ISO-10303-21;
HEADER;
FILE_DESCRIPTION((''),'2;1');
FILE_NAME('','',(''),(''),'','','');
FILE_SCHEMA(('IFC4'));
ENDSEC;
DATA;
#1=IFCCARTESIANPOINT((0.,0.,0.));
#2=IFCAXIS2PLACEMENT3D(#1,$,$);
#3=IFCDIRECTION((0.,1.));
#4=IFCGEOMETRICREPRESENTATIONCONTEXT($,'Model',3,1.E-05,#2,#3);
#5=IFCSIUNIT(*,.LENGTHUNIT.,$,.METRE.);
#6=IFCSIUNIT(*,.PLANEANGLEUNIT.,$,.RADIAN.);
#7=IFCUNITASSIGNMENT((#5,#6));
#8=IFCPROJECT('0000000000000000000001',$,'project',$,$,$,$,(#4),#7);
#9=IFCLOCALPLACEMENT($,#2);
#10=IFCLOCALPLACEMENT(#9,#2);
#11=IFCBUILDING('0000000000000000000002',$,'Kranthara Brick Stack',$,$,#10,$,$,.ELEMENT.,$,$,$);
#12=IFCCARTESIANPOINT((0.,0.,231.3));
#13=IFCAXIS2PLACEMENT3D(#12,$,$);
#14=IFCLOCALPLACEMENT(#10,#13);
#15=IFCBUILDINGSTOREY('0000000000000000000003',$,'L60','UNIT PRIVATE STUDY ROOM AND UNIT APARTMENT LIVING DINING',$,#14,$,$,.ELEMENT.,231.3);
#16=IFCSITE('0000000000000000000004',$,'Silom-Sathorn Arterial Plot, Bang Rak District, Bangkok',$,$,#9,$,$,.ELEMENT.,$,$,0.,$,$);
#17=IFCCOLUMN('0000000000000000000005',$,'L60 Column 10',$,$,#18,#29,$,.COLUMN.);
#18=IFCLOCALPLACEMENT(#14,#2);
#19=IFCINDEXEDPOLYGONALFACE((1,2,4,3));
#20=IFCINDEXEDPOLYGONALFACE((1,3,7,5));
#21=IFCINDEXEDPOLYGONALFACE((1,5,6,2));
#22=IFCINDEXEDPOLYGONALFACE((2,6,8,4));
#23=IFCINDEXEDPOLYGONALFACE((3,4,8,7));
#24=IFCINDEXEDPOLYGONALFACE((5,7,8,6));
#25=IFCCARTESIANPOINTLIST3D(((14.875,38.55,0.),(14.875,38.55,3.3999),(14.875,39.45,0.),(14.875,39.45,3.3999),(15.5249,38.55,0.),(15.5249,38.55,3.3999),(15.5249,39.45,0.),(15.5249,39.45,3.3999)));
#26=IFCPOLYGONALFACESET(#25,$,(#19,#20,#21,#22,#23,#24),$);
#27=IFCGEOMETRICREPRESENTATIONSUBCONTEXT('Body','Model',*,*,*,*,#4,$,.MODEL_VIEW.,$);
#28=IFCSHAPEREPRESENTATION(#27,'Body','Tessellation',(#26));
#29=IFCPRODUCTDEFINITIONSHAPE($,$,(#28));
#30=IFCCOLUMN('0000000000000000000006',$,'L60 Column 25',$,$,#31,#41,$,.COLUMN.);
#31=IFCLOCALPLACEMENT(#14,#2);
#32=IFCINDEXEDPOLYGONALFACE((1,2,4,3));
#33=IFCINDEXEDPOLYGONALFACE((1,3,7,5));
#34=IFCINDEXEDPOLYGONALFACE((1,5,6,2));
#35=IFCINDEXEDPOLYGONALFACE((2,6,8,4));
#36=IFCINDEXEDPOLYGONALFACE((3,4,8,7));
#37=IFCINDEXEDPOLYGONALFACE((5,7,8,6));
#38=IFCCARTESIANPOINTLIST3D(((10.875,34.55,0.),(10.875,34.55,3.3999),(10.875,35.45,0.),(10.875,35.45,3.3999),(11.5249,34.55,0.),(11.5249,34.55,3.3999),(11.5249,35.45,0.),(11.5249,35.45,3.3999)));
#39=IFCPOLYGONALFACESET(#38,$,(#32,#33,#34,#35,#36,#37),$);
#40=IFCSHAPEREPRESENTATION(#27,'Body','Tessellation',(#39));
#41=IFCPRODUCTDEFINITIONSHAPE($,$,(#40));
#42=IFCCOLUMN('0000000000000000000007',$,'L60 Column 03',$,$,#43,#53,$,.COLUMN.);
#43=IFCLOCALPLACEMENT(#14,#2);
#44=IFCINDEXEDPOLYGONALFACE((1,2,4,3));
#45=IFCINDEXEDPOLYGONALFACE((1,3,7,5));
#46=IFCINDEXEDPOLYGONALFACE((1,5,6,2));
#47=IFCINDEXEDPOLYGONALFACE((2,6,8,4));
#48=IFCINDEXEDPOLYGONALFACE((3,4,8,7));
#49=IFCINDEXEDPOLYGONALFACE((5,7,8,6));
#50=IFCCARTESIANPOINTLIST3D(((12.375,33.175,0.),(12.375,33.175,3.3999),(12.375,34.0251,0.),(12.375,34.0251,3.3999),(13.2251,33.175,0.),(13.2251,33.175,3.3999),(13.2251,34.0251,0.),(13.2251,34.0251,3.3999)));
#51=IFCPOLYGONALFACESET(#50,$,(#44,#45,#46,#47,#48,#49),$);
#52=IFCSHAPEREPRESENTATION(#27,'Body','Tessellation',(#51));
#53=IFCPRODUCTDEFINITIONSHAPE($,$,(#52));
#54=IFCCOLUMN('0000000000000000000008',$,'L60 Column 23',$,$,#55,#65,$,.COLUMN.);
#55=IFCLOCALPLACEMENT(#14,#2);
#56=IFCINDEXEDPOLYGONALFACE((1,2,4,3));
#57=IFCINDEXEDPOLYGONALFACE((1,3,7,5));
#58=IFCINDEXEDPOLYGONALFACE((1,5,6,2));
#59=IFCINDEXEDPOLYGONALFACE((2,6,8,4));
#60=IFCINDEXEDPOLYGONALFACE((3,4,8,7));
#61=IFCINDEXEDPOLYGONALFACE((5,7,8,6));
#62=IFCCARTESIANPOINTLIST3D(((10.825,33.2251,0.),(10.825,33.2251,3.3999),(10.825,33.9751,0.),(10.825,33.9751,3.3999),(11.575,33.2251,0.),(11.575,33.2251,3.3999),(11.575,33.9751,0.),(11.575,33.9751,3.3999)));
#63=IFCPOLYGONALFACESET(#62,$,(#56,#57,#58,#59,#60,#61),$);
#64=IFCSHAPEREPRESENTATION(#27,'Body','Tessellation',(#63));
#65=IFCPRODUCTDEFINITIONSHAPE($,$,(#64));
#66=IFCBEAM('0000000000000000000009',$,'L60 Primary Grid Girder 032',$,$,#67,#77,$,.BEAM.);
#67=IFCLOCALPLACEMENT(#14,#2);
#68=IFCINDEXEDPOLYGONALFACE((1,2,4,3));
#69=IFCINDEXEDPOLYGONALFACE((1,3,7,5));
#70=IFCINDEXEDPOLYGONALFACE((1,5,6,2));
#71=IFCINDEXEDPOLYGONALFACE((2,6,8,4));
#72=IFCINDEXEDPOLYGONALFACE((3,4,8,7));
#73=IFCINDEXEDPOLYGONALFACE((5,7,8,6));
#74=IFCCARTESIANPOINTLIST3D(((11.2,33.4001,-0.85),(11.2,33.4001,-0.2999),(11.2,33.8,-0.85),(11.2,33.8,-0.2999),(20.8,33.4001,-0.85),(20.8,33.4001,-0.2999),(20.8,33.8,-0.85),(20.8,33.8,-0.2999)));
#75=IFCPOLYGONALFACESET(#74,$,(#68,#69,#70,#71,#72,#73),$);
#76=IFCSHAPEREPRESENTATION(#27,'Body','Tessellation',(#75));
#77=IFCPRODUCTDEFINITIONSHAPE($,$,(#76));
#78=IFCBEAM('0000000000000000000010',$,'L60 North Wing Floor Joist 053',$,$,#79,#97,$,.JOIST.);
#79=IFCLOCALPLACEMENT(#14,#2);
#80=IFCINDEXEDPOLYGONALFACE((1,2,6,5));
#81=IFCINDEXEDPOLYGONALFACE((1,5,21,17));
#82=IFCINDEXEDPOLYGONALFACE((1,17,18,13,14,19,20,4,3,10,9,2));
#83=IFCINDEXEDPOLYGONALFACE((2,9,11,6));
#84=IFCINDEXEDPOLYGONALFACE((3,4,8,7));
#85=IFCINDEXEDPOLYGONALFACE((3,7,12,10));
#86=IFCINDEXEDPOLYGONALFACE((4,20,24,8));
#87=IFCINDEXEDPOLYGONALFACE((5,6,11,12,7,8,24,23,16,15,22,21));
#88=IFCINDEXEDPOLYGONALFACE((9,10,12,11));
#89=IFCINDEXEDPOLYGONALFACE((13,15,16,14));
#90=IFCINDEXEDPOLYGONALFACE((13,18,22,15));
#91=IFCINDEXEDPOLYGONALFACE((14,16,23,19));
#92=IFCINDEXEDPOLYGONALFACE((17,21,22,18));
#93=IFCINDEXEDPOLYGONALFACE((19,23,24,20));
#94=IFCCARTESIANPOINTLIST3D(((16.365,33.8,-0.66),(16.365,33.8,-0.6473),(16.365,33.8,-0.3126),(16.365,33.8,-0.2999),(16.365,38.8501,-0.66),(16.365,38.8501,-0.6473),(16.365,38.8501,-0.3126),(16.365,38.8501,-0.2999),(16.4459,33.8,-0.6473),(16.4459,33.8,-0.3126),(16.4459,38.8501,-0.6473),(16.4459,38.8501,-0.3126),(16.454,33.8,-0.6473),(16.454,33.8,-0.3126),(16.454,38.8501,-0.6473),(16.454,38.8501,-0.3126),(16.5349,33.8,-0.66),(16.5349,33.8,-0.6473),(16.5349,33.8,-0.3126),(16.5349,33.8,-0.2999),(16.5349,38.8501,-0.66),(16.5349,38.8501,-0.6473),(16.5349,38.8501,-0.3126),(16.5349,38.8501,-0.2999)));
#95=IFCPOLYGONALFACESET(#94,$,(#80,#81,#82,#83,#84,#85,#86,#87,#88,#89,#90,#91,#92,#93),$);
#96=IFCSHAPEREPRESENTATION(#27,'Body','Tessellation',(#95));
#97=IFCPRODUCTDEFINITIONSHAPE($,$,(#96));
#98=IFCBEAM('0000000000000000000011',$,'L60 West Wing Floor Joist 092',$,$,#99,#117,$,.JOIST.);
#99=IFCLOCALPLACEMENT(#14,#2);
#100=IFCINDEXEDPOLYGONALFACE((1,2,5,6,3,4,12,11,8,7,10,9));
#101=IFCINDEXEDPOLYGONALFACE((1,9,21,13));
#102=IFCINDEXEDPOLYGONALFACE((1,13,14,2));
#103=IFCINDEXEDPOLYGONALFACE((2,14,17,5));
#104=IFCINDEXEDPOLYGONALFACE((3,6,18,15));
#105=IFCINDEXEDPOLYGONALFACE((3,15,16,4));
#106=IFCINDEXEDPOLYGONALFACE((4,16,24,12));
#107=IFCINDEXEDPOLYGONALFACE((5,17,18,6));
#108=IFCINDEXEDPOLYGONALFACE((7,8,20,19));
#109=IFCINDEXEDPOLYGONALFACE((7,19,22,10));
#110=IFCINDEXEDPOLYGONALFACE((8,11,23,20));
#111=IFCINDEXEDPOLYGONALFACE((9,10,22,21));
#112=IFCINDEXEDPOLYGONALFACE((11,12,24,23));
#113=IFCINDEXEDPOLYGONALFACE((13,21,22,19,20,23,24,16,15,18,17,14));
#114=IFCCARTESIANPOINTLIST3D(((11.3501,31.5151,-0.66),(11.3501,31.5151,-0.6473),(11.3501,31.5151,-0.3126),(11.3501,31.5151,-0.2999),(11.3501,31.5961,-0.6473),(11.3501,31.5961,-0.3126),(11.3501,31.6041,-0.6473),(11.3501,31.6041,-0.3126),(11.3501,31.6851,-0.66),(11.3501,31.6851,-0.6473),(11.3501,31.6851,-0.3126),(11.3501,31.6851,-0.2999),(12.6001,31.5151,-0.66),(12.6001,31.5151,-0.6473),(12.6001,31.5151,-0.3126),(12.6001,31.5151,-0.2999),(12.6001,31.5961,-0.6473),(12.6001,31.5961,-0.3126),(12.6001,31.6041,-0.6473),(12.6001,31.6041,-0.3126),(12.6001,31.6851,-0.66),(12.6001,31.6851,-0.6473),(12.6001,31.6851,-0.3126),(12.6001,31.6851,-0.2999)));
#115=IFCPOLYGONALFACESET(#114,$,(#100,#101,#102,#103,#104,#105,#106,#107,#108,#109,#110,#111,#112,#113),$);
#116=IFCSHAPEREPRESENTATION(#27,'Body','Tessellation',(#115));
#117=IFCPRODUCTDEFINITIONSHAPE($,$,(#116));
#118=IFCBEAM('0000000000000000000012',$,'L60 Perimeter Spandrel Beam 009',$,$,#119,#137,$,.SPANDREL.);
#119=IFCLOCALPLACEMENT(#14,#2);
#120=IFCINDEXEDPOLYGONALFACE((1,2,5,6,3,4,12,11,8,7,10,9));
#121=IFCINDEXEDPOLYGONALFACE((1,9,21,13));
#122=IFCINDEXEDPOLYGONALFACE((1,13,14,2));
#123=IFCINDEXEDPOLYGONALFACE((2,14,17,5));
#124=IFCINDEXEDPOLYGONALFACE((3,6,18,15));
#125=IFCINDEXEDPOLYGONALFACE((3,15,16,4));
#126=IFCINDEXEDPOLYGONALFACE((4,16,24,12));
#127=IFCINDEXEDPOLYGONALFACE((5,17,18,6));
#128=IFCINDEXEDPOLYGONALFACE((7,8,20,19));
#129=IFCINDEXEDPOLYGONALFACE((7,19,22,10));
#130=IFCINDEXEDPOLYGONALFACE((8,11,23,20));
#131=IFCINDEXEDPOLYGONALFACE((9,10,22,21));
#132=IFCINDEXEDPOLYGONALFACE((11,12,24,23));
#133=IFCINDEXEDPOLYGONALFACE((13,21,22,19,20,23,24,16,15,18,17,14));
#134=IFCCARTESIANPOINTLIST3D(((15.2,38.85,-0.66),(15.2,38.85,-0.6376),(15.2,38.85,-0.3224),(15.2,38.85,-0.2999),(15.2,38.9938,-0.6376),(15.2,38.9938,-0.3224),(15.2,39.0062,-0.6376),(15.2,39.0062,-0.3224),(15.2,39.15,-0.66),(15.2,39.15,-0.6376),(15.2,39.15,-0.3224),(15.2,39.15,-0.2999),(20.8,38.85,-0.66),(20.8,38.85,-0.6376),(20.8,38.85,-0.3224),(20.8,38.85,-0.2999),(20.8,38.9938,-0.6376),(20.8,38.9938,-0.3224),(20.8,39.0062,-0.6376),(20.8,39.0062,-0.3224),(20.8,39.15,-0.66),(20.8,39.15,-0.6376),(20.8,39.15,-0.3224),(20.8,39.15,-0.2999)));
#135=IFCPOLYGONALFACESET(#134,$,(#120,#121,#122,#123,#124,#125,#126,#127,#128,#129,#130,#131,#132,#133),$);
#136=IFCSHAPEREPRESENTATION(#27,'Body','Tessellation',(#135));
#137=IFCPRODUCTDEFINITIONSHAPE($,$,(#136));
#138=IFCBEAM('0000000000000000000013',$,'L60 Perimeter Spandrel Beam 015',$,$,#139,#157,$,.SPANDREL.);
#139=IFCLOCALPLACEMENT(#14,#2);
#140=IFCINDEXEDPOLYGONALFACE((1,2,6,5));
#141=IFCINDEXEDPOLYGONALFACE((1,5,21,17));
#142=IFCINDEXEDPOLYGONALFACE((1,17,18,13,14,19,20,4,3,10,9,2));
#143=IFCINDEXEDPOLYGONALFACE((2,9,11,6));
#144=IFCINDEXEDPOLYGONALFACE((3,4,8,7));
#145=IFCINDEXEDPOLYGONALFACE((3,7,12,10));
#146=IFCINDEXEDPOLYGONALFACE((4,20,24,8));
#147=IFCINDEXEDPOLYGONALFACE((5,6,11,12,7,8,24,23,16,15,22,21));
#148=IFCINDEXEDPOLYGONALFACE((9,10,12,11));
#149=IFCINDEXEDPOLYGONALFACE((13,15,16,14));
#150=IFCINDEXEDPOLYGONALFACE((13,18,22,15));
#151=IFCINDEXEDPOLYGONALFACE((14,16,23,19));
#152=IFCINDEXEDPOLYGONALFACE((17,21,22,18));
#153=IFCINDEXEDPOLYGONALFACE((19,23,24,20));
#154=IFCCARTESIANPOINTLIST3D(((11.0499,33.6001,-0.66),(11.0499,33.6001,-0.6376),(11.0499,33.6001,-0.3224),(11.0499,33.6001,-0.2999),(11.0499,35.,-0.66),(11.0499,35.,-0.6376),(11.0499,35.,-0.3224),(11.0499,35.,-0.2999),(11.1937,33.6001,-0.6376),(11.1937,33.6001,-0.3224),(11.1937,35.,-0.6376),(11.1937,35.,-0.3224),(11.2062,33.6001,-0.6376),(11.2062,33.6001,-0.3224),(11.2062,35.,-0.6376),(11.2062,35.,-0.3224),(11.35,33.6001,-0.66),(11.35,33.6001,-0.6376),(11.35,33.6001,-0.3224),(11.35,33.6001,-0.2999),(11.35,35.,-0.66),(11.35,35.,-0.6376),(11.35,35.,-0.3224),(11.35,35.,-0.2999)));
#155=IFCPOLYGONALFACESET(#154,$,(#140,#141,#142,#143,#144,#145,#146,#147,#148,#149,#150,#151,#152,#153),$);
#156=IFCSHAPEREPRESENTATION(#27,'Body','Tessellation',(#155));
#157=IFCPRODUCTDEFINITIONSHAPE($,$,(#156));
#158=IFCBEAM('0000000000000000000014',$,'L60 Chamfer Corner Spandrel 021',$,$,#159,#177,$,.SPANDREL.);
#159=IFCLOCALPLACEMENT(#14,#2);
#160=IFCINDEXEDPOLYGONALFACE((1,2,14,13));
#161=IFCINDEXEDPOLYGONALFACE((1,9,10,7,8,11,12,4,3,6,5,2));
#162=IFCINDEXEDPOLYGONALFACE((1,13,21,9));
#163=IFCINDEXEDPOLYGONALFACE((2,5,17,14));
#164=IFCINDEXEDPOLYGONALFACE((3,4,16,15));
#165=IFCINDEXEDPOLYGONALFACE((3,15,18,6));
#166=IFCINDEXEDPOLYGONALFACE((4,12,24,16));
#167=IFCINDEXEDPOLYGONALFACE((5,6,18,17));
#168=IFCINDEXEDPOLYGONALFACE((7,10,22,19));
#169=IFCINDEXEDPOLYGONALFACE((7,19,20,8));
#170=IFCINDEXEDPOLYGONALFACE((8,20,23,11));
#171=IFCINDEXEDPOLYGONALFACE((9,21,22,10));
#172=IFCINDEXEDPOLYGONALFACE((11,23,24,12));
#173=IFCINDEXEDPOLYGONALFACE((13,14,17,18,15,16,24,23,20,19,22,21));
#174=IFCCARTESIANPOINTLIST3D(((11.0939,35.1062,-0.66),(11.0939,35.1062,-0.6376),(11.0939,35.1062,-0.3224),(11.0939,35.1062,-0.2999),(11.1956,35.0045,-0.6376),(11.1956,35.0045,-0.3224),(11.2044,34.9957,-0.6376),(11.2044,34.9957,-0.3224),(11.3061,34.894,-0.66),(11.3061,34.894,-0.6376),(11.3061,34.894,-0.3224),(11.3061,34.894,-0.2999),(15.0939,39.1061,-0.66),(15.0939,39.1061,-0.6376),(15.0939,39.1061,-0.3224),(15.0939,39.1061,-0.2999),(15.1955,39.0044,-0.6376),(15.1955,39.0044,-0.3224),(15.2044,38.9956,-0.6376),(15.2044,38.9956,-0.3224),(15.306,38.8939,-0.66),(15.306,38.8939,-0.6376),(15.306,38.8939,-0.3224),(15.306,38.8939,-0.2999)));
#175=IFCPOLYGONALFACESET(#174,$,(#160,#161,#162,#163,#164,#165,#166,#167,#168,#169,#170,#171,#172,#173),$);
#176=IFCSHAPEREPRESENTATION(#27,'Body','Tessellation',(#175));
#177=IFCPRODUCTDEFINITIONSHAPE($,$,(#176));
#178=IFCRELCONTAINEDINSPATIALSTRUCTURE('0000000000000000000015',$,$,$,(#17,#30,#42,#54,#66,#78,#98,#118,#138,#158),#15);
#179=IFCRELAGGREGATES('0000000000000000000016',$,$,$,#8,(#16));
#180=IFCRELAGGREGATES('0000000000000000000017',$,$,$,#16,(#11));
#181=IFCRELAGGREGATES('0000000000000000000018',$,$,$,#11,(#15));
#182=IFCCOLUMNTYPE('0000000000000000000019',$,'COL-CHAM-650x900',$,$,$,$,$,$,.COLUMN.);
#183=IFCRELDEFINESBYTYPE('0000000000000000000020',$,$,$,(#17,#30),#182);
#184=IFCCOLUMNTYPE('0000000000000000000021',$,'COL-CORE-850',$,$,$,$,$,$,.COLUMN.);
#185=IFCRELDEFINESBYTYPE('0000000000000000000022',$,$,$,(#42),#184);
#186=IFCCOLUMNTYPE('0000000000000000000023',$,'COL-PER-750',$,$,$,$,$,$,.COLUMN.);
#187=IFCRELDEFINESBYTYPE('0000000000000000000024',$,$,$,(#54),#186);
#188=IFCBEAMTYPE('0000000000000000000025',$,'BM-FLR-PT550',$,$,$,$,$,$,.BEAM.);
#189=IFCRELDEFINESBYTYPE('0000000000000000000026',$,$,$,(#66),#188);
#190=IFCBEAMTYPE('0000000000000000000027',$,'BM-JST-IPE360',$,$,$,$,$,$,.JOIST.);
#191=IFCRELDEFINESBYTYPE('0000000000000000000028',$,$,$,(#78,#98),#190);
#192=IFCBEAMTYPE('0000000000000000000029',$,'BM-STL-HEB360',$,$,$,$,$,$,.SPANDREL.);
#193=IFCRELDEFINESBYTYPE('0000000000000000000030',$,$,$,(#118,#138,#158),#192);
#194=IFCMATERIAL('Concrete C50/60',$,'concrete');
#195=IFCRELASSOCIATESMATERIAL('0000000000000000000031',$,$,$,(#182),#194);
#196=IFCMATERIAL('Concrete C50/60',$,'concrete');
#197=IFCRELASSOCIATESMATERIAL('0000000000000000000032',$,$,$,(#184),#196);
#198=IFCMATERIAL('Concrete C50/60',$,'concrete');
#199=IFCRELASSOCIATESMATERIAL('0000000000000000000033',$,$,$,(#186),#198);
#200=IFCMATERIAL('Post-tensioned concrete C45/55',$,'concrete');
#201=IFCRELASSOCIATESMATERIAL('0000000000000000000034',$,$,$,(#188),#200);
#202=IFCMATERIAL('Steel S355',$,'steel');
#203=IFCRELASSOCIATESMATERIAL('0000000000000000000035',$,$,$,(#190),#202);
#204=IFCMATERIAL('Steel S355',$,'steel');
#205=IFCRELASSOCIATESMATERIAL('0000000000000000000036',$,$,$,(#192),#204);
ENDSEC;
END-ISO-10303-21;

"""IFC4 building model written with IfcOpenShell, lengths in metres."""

from ifc_helpers import new_model, si_unit, direction, frame, origin, origin_2d, place, context, subcontext, project, spatial, rectangle, i_section, extrude, material, material_profile, profile_set, type_object, element, save


model = new_model("IFC4")

# Units and contexts
model_context = context("Model", 3, precision=1e-05, world=origin(), true_north=direction((0.0, 1.0)))
body_context = subcontext(model_context, "Body", "Model", "MODEL_VIEW")
ifc_project = project(units=[si_unit("LENGTHUNIT", "METRE"), si_unit("PLANEANGLEUNIT", "RADIAN")], contexts=[model_context])

# Site, building, storey
site_placement = place(None, origin())
site = spatial("IfcSite", under=ifc_project, at=site_placement, Name="Silom-Sathorn Arterial Plot, Bang Rak District, Bangkok", CompositionType="ELEMENT", RefElevation=0.0)
building_placement = place(site_placement, origin())
building = spatial("IfcBuilding", under=site, at=building_placement, Name="Kranthara Brick Stack", CompositionType="ELEMENT")
storey_placement = place(building_placement, frame((0.0, 0.0, 231.3)))
storey = spatial("IfcBuildingStorey", under=building, at=storey_placement, Name="L60", Description="UNIT PRIVATE STUDY ROOM AND UNIT APARTMENT LIVING DINING", CompositionType="ELEMENT", Elevation=231.3)

# Columns
ifc_material_1 = material(Name="Concrete C50/60", Category="concrete")
ifc_material_profile_1 = material_profile(ifc_material_1, rectangle(XDim=0.6499, YDim=0.8999, at=origin_2d()), Name="RC 650x900")
ifc_profile_set_1 = profile_set([ifc_material_profile_1], Name="Concrete C50/60")
column_type_1 = type_object("IfcColumnType", Name="COL-CHAM-650x900", PredefinedType="COLUMN", material=ifc_profile_set_1)
for number, where, z_axis, x_axis, name in (
    (1, (15.2, 39.0, 0.0), (0.0, 0.0, 1.0), (1.0, 0.0, 0.0), "L60 Column 10"),
    (2, (11.2, 35.0, 0.0), (0.0, 0.0, 1.0), (1.0, 0.0, 0.0), "L60 Column 25"),
):
    element("IfcColumn", number, at=place(storey_placement, frame(where, z_axis=z_axis, x_axis=x_axis)), inside=storey, type_object=column_type_1, Name=name, PredefinedType="COLUMN", context=body_context, shape_type="SweptSolid", body=[
        extrude(rectangle(XDim=0.6499, YDim=0.8999, at=origin_2d()), origin(), (0.0, 0.0, 1.0), 3.3999),
    ])
ifc_material_2 = material(Name="Concrete C50/60", Category="concrete")
ifc_material_profile_2 = material_profile(ifc_material_2, rectangle(XDim=0.8501, YDim=0.8501, at=origin_2d()), Name="RC 850x850")
ifc_profile_set_2 = profile_set([ifc_material_profile_2], Name="Concrete C50/60")
column_type_2 = type_object("IfcColumnType", Name="COL-CORE-850", PredefinedType="COLUMN", material=ifc_profile_set_2)
column_1_placement = place(storey_placement, frame((12.8, 33.6001, 0.0), z_axis=(0.0, 0.0, 1.0), x_axis=(1.0, 0.0, 0.0)))
element("IfcColumn", 3, at=column_1_placement, inside=storey, type_object=column_type_2, Name="L60 Column 03", PredefinedType="COLUMN", context=body_context, shape_type="SweptSolid", body=[
    extrude(rectangle(XDim=0.8501, YDim=0.8501, at=origin_2d()), origin(), (0.0, 0.0, 1.0), 3.3999),
])
ifc_material_3 = material(Name="Concrete C50/60", Category="concrete")
ifc_material_profile_3 = material_profile(ifc_material_3, rectangle(XDim=0.75, YDim=0.75, at=origin_2d()), Name="RC 750x750")
ifc_profile_set_3 = profile_set([ifc_material_profile_3], Name="Concrete C50/60")
column_type_3 = type_object("IfcColumnType", Name="COL-PER-750", PredefinedType="COLUMN", material=ifc_profile_set_3)
column_2_placement = place(storey_placement, frame((11.2, 33.6001, 0.0), z_axis=(0.0, 0.0, 1.0), x_axis=(1.0, 0.0, 0.0)))
element("IfcColumn", 4, at=column_2_placement, inside=storey, type_object=column_type_3, Name="L60 Column 23", PredefinedType="COLUMN", context=body_context, shape_type="SweptSolid", body=[
    extrude(rectangle(XDim=0.75, YDim=0.75, at=origin_2d()), origin(), (0.0, 0.0, 1.0), 3.3999),
])

# Beams
ifc_material_4 = material(Name="Post-tensioned concrete C45/55", Category="concrete")
ifc_material_profile_4 = material_profile(ifc_material_4, rectangle(XDim=0.3999, YDim=0.55, at=origin_2d()), Name="PT 400x550")
ifc_profile_set_4 = profile_set([ifc_material_profile_4], Name="Post-tensioned concrete C45/55")
beam_type_1 = type_object("IfcBeamType", Name="BM-FLR-PT550", PredefinedType="BEAM", material=ifc_profile_set_4)
beam_1_placement = place(storey_placement, frame((11.2, 33.6001, -0.575), z_axis=(1.0, 0.0, 0.0), x_axis=(0.0, 1.0, 0.0)))
element("IfcBeam", 5, at=beam_1_placement, inside=storey, type_object=beam_type_1, Name="L60 Primary Grid Girder 032", PredefinedType="BEAM", context=body_context, shape_type="SweptSolid", body=[
    extrude(rectangle(XDim=0.3999, YDim=0.55, at=origin_2d()), origin(), (0.0, 0.0, 1.0), 9.6001),
])
ifc_material_5 = material(Name="Steel S355", Category="steel")
ifc_material_profile_5 = material_profile(ifc_material_5, i_section(OverallWidth=0.1699, OverallDepth=0.3601, WebThickness=0.0081, FlangeThickness=0.0127, at=origin_2d()), Name="IPE 360")
ifc_profile_set_5 = profile_set([ifc_material_profile_5], Name="Steel S355")
beam_type_2 = type_object("IfcBeamType", Name="BM-JST-IPE360", PredefinedType="JOIST", material=ifc_profile_set_5)
beam_2_placement = place(storey_placement, frame((16.45, 33.8, -0.48), z_axis=(0.0, 1.0, 0.0), x_axis=(-1.0, 0.0, 0.0)))
element("IfcBeam", 6, at=beam_2_placement, inside=storey, type_object=beam_type_2, Name="L60 North Wing Floor Joist 053", PredefinedType="JOIST", context=body_context, shape_type="SweptSolid", body=[
    extrude(i_section(OverallWidth=0.1699, OverallDepth=0.3601, WebThickness=0.0081, FlangeThickness=0.0127, at=origin_2d()), origin(), (0.0, 0.0, 1.0), 5.05),
])
beam_3_placement = place(storey_placement, frame((11.3501, 31.6001, -0.48), z_axis=(1.0, 0.0, 0.0), x_axis=(0.0, 1.0, 0.0)))
element("IfcBeam", 7, at=beam_3_placement, inside=storey, type_object=beam_type_2, Name="L60 West Wing Floor Joist 092", PredefinedType="JOIST", context=body_context, shape_type="SweptSolid", body=[
    extrude(i_section(OverallWidth=0.1699, OverallDepth=0.3601, WebThickness=0.0081, FlangeThickness=0.0127, at=origin_2d()), origin(), (0.0, 0.0, 1.0), 1.25),
])
ifc_material_6 = material(Name="Steel S355", Category="steel")
ifc_material_profile_6 = material_profile(ifc_material_6, i_section(OverallWidth=0.3, OverallDepth=0.3601, WebThickness=0.0125, FlangeThickness=0.0225, at=origin_2d()), Name="HEB 360")
ifc_profile_set_6 = profile_set([ifc_material_profile_6], Name="Steel S355")
beam_type_3 = type_object("IfcBeamType", Name="BM-STL-HEB360", PredefinedType="SPANDREL", material=ifc_profile_set_6)
beam_4_placement = place(storey_placement, frame((15.2, 39.0, -0.48), z_axis=(1.0, 0.0, 0.0), x_axis=(0.0, 1.0, 0.0)))
element("IfcBeam", 8, at=beam_4_placement, inside=storey, type_object=beam_type_3, Name="L60 Perimeter Spandrel Beam 009", PredefinedType="SPANDREL", context=body_context, shape_type="SweptSolid", body=[
    extrude(i_section(OverallWidth=0.3, OverallDepth=0.3601, WebThickness=0.0125, FlangeThickness=0.0225, at=origin_2d()), origin(), (0.0, 0.0, 1.0), 5.6001),
])
beam_5_placement = place(storey_placement, frame((11.2, 33.6001, -0.48), z_axis=(0.0, 1.0, 0.0), x_axis=(-1.0, 0.0, 0.0)))
element("IfcBeam", 9, at=beam_5_placement, inside=storey, type_object=beam_type_3, Name="L60 Perimeter Spandrel Beam 015", PredefinedType="SPANDREL", context=body_context, shape_type="SweptSolid", body=[
    extrude(i_section(OverallWidth=0.3, OverallDepth=0.3601, WebThickness=0.0125, FlangeThickness=0.0225, at=origin_2d()), origin(), (0.0, 0.0, 1.0), 1.3999),
])
beam_6_placement = place(storey_placement, frame((15.2, 39.0, -0.48), z_axis=(-0.707107, -0.707107, 0.0), x_axis=(0.707107, -0.707107, 0.0)))
element("IfcBeam", 10, at=beam_6_placement, inside=storey, type_object=beam_type_3, Name="L60 Chamfer Corner Spandrel 021", PredefinedType="SPANDREL", context=body_context, shape_type="SweptSolid", body=[
    extrude(i_section(OverallWidth=0.3, OverallDepth=0.3601, WebThickness=0.0125, FlangeThickness=0.0225, at=origin_2d()), origin(), (0.0, 0.0, 1.0), 5.6567),
])

save(model, "model.ifc")
